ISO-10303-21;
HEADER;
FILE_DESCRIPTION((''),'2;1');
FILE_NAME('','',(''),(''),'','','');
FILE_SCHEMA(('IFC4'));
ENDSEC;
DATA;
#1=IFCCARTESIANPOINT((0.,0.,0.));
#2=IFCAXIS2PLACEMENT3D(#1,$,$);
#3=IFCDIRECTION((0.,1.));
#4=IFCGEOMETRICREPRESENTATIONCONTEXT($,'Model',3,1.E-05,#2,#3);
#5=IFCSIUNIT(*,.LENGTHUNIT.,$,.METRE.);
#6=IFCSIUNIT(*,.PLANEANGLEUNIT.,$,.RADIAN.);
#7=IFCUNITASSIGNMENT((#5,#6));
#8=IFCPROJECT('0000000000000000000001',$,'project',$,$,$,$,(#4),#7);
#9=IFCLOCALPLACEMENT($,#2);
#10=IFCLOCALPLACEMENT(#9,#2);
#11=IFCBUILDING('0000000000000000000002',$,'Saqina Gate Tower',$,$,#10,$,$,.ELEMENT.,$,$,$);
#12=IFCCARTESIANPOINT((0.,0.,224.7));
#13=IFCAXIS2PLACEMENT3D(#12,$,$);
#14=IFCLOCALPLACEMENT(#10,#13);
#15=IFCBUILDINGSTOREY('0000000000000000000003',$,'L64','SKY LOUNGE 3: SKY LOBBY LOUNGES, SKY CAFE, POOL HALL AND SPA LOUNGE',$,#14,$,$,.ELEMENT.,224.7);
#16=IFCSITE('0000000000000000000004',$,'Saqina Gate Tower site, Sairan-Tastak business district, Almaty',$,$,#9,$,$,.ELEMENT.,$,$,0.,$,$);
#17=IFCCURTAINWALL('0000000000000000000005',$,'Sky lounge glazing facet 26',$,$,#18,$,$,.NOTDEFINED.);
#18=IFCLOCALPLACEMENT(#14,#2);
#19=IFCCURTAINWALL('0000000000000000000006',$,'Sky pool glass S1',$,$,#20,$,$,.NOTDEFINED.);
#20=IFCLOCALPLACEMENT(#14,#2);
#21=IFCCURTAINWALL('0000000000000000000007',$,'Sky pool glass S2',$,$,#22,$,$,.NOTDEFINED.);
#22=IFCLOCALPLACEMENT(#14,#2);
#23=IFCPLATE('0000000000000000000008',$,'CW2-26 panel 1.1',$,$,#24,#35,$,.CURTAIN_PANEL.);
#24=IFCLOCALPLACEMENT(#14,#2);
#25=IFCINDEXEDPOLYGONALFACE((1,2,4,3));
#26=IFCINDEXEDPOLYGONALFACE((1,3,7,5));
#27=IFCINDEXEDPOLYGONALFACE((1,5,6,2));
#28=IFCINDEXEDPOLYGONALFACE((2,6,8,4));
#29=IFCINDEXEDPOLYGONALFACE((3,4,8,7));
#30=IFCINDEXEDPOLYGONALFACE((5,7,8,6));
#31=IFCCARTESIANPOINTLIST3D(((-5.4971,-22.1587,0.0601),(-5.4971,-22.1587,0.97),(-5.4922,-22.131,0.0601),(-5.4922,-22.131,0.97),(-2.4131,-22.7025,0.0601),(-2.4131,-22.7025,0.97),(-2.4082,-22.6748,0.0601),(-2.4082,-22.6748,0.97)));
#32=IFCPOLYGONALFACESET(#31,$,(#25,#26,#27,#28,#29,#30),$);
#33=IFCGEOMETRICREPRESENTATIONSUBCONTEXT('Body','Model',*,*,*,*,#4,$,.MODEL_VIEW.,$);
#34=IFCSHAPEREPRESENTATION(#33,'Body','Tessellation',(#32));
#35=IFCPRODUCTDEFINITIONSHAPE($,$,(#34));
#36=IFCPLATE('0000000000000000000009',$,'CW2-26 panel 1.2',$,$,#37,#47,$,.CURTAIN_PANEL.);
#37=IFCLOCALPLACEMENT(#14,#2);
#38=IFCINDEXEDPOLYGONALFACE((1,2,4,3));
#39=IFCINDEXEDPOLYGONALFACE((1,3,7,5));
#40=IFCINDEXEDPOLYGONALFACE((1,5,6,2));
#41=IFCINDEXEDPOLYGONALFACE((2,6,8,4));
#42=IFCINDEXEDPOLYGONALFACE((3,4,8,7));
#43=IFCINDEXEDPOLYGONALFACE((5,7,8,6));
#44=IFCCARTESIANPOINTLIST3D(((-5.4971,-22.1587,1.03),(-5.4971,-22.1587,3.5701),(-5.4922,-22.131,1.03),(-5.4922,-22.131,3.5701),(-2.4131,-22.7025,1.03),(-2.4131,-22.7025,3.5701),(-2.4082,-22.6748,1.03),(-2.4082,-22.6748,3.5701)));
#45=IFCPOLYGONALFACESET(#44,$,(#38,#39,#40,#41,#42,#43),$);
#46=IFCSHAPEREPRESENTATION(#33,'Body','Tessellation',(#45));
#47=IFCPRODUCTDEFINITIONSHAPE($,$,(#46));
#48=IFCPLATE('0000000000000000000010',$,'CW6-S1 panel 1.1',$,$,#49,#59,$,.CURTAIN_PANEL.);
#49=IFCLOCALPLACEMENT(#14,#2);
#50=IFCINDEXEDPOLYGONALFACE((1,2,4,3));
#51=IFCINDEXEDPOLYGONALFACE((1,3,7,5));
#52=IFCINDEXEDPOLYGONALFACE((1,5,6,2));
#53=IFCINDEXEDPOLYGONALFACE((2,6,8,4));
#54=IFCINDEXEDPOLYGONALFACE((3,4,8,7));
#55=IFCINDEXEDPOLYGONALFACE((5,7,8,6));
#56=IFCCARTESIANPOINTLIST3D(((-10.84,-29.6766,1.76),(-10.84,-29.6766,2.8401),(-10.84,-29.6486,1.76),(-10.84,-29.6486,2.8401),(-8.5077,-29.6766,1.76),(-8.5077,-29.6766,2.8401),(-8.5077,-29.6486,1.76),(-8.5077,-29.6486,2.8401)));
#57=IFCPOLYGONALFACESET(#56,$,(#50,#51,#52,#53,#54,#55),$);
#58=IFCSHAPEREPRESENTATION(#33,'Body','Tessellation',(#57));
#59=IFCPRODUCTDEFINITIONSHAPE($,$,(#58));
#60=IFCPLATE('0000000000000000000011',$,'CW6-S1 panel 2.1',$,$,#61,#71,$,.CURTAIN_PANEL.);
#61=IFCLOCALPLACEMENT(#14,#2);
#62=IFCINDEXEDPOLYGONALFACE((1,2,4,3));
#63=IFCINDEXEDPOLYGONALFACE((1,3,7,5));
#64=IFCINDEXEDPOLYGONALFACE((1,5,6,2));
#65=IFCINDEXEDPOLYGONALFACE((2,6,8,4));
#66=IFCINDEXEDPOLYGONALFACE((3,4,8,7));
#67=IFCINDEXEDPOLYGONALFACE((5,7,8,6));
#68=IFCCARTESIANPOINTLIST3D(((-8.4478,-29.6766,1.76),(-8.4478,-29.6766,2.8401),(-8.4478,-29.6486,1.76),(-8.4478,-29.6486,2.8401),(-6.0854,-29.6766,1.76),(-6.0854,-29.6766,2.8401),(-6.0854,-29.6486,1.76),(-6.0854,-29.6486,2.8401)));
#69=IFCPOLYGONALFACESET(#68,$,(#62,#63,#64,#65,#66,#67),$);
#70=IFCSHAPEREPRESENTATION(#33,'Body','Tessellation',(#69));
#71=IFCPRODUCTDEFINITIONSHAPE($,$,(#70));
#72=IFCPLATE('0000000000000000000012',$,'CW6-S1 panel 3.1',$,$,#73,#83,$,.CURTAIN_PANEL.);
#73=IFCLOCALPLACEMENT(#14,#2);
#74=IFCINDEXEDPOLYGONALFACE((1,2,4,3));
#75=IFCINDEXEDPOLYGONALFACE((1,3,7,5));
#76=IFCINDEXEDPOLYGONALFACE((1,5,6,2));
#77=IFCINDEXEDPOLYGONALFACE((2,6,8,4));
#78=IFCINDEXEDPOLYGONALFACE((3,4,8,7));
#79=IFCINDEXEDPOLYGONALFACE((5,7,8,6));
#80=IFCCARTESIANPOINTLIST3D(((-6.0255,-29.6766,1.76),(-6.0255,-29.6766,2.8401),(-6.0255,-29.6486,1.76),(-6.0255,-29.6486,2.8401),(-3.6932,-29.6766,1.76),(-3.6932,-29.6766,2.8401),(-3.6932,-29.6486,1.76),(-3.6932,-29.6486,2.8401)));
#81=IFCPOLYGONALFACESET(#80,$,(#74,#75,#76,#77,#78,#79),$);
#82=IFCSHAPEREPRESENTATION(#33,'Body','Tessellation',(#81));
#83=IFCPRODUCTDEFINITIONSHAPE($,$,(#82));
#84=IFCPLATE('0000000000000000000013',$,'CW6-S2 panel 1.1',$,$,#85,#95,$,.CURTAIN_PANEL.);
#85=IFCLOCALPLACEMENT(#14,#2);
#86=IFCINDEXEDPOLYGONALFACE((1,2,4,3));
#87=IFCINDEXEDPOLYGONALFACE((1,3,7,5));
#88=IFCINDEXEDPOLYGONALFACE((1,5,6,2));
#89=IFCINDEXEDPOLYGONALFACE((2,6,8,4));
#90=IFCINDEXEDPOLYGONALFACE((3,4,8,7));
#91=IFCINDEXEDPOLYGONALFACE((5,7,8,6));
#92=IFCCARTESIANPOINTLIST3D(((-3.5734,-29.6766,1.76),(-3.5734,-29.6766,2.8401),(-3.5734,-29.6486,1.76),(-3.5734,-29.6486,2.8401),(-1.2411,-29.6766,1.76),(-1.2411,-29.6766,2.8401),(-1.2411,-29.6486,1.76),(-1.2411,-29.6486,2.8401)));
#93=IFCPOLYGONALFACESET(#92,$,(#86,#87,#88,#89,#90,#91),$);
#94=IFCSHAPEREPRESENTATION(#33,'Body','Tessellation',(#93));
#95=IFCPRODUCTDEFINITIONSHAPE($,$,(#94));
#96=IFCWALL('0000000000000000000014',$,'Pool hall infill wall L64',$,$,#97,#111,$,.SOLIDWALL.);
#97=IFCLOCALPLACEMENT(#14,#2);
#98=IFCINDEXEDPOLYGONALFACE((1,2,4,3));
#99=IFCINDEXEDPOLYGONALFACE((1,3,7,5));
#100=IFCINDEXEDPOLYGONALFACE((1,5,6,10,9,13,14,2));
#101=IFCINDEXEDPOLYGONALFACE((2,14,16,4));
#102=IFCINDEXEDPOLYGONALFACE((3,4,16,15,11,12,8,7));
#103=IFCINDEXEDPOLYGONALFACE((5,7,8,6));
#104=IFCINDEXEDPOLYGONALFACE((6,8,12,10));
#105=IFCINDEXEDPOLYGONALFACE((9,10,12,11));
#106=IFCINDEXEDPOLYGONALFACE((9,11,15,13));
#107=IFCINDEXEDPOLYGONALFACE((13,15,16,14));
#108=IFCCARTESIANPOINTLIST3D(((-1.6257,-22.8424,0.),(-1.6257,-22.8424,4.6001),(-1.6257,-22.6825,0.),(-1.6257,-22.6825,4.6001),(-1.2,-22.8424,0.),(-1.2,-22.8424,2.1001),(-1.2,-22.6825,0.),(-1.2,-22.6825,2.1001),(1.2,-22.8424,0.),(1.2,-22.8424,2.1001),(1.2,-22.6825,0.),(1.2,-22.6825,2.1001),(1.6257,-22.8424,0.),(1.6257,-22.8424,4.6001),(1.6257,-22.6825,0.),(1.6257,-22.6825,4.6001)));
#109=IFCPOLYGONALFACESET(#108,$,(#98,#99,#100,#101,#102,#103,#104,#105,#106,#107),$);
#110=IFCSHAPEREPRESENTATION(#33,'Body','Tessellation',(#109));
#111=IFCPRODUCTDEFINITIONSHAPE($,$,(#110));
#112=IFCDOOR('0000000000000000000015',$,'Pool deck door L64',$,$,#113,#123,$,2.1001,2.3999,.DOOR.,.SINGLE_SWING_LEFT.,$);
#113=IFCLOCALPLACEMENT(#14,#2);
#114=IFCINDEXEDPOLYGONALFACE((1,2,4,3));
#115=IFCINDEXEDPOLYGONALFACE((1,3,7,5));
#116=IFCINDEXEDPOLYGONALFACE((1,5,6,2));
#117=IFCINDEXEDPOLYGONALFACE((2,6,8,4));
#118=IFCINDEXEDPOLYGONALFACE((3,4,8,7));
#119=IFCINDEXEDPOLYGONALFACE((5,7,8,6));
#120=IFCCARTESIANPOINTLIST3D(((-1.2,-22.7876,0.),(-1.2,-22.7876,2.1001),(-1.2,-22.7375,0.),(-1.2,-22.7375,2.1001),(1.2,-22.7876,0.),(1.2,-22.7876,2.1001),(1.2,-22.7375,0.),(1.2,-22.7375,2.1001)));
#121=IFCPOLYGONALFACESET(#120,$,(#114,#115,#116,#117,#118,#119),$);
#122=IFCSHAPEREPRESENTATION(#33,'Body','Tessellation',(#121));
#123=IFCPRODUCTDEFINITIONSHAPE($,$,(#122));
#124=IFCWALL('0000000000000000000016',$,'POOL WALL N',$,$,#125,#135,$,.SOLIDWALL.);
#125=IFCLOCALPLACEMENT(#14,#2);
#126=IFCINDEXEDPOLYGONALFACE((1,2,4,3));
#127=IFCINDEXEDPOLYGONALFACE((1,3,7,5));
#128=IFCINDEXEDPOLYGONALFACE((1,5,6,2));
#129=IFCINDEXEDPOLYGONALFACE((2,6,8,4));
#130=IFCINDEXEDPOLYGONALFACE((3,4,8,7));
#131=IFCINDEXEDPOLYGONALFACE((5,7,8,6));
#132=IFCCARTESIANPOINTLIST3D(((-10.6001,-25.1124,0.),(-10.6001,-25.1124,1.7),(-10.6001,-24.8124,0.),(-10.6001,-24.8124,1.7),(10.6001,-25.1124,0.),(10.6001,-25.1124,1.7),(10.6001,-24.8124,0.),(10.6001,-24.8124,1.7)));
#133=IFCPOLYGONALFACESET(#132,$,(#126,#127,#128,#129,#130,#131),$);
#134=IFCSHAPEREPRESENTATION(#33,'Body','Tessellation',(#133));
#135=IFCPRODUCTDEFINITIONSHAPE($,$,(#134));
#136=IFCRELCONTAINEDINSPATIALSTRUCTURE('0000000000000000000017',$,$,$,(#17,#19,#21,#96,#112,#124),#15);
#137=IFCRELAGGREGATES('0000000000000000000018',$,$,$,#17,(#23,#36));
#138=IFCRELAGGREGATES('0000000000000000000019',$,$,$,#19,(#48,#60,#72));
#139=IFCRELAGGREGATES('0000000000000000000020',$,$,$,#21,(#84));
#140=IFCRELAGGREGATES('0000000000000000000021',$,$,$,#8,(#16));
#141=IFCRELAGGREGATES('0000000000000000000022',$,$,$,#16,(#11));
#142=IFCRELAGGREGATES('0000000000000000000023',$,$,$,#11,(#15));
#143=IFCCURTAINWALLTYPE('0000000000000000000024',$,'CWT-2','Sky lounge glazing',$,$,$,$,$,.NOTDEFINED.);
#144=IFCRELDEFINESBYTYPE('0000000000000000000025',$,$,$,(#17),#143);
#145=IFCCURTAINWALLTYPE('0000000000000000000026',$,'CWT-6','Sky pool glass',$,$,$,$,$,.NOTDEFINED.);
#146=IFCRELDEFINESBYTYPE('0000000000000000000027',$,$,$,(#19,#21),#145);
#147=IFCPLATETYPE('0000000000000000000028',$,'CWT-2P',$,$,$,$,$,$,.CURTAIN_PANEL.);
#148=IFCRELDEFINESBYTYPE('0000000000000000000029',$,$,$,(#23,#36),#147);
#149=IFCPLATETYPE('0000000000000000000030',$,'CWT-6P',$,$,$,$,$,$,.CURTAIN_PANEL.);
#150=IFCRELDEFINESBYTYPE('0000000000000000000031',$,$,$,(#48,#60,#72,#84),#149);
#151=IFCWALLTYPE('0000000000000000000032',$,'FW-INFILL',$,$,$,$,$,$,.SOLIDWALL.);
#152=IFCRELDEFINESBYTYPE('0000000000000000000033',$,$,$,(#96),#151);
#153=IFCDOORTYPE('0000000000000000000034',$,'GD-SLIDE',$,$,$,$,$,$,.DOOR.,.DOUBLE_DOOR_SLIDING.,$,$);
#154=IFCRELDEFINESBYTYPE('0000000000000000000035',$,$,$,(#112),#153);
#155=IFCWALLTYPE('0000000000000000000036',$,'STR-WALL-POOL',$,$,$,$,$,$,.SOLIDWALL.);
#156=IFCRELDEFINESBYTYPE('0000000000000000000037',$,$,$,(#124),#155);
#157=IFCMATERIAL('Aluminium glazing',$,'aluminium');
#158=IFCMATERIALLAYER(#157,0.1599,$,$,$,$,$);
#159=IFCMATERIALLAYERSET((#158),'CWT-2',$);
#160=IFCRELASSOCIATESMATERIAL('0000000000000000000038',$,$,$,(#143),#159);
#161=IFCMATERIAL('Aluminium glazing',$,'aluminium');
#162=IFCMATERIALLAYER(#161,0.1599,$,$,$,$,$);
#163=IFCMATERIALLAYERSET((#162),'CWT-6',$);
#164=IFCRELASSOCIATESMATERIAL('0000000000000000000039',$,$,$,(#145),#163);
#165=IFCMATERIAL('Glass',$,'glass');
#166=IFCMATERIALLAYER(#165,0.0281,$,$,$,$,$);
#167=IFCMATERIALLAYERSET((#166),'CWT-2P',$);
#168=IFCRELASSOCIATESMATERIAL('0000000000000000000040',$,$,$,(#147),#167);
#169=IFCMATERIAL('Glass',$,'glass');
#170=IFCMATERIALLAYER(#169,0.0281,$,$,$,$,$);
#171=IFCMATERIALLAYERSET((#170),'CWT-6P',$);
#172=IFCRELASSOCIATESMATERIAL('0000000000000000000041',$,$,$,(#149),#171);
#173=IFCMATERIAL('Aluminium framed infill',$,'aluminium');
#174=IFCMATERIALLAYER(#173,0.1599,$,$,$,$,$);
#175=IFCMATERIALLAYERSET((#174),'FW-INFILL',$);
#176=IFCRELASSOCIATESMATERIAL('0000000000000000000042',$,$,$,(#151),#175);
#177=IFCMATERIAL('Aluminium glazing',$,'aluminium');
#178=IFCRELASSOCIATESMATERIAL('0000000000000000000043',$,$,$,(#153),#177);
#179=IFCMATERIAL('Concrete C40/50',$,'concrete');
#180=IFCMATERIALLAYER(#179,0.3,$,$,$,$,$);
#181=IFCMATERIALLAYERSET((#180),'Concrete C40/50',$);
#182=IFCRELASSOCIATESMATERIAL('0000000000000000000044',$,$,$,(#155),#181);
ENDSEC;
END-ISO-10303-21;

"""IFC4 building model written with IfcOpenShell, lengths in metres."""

from ifc_helpers import new_model, si_unit, direction, frame, frame_2d, origin, origin_2d, place, context, subcontext, project, spatial, rectangle, extrude, material, layer, layer_set, type_object, element, fill, aggregate, save


model = new_model("IFC4")

# Units and contexts
model_context = context("Model", 3, precision=1e-05, world=origin(), true_north=direction((0.0, 1.0)))
body_context = subcontext(model_context, "Body", "Model", "MODEL_VIEW")
ifc_project = project(units=[si_unit("LENGTHUNIT", "METRE"), si_unit("PLANEANGLEUNIT", "RADIAN")], contexts=[model_context])

# Site, building, storey
site_placement = place(None, origin())
site = spatial("IfcSite", under=ifc_project, at=site_placement, Name="Saqina Gate Tower site, Sairan-Tastak business district, Almaty", CompositionType="ELEMENT", RefElevation=0.0)
building_placement = place(site_placement, origin())
building = spatial("IfcBuilding", under=site, at=building_placement, Name="Saqina Gate Tower", CompositionType="ELEMENT")
storey_placement = place(building_placement, frame((0.0, 0.0, 224.7)))
storey = spatial("IfcBuildingStorey", under=building, at=storey_placement, Name="L64", Description="SKY LOUNGE 3: SKY LOBBY LOUNGES, SKY CAFE, POOL HALL AND SPA LOUNGE", CompositionType="ELEMENT", Elevation=224.7)

# Curtain wall
ifc_material_1 = material(Name="Aluminium glazing", Category="aluminium")
ifc_layer_1 = layer(ifc_material_1, 0.1599)
ifc_layer_set_1 = layer_set([ifc_layer_1], Name="CWT-2")
curtain_wall_type_1 = type_object("IfcCurtainWallType", Name="CWT-2", Description="Sky lounge glazing", PredefinedType="NOTDEFINED", material=ifc_layer_set_1)
curtain_wall_1_placement = place(storey_placement, origin())
curtain_wall_1 = element("IfcCurtainWall", 1, at=curtain_wall_1_placement, inside=storey, type_object=curtain_wall_type_1, Name="Sky lounge glazing facet 26", PredefinedType="NOTDEFINED")

# Curtain walls
ifc_material_2 = material(Name="Aluminium glazing", Category="aluminium")
ifc_layer_2 = layer(ifc_material_2, 0.1599)
ifc_layer_set_2 = layer_set([ifc_layer_2], Name="CWT-6")
curtain_wall_type_2 = type_object("IfcCurtainWallType", Name="CWT-6", Description="Sky pool glass", PredefinedType="NOTDEFINED", material=ifc_layer_set_2)
curtain_wall_2_placement = place(storey_placement, origin())
curtain_wall_2 = element("IfcCurtainWall", 2, at=curtain_wall_2_placement, inside=storey, type_object=curtain_wall_type_2, Name="Sky pool glass S1", PredefinedType="NOTDEFINED")
curtain_wall_3_placement = place(storey_placement, origin())
curtain_wall_3 = element("IfcCurtainWall", 3, at=curtain_wall_3_placement, inside=storey, type_object=curtain_wall_type_2, Name="Sky pool glass S2", PredefinedType="NOTDEFINED")

# Plates
ifc_material_3 = material(Name="Glass", Category="glass")
ifc_layer_3 = layer(ifc_material_3, 0.0281)
ifc_layer_set_3 = layer_set([ifc_layer_3], Name="CWT-2P")
plate_type_1 = type_object("IfcPlateType", Name="CWT-2P", PredefinedType="CURTAIN_PANEL", material=ifc_layer_set_3)
plate_1_placement = place(storey_placement, frame((-3.9526, -22.4167, 0.0601), z_axis=(0.0, 0.0, 1.0), x_axis=(0.984805, -0.173663, 0.0)))
plate_1 = element("IfcPlate", 4, at=plate_1_placement, type_object=plate_type_1, Name="CW2-26 panel 1.1", PredefinedType="CURTAIN_PANEL", context=body_context, shape_type="SweptSolid", body=[
    extrude(rectangle(XDim=3.1316, YDim=0.0281, at=origin_2d()), origin(), (0.0, 0.0, 1.0), 0.9099),
])
plate_2_placement = place(storey_placement, frame((-3.9526, -22.4167, 1.03), z_axis=(0.0, 0.0, 1.0), x_axis=(0.984805, -0.173663, 0.0)))
plate_2 = element("IfcPlate", 5, at=plate_2_placement, type_object=plate_type_1, Name="CW2-26 panel 1.2", PredefinedType="CURTAIN_PANEL", context=body_context, shape_type="SweptSolid", body=[
    extrude(rectangle(XDim=3.1316, YDim=0.0281, at=origin_2d()), origin(), (0.0, 0.0, 1.0), 2.54),
])
aggregate(curtain_wall_1, [plate_1, plate_2])
ifc_material_4 = material(Name="Glass", Category="glass")
ifc_layer_4 = layer(ifc_material_4, 0.0281)
ifc_layer_set_4 = layer_set([ifc_layer_4], Name="CWT-6P")
plate_type_2 = type_object("IfcPlateType", Name="CWT-6P", PredefinedType="CURTAIN_PANEL", material=ifc_layer_set_4)
plate_3_placement = place(storey_placement, frame((-9.6738, -29.6626, 1.76), z_axis=(0.0, 0.0, 1.0), x_axis=(1.0, 0.0, 0.0)))
plate_3 = element("IfcPlate", 6, at=plate_3_placement, type_object=plate_type_2, Name="CW6-S1 panel 1.1", PredefinedType="CURTAIN_PANEL", context=body_context, shape_type="SweptSolid", body=[
    extrude(rectangle(XDim=2.3323, YDim=0.0281, at=origin_2d()), origin(), (0.0, 0.0, 1.0), 1.0801),
])
plate_4_placement = place(storey_placement, frame((-7.2666, -29.6626, 1.76), z_axis=(0.0, 0.0, 1.0), x_axis=(1.0, 0.0, 0.0)))
plate_4 = element("IfcPlate", 7, at=plate_4_placement, type_object=plate_type_2, Name="CW6-S1 panel 2.1", PredefinedType="CURTAIN_PANEL", context=body_context, shape_type="SweptSolid", body=[
    extrude(rectangle(XDim=2.3623, YDim=0.0281, at=origin_2d()), origin(), (0.0, 0.0, 1.0), 1.0801),
])
plate_5_placement = place(storey_placement, frame((-4.8594, -29.6626, 1.76), z_axis=(0.0, 0.0, 1.0), x_axis=(1.0, 0.0, 0.0)))
plate_5 = element("IfcPlate", 8, at=plate_5_placement, type_object=plate_type_2, Name="CW6-S1 panel 3.1", PredefinedType="CURTAIN_PANEL", context=body_context, shape_type="SweptSolid", body=[
    extrude(rectangle(XDim=2.3323, YDim=0.0281, at=origin_2d()), origin(), (0.0, 0.0, 1.0), 1.0801),
])
aggregate(curtain_wall_2, [plate_3, plate_4, plate_5])
plate_6_placement = place(storey_placement, frame((-2.4072, -29.6626, 1.76), z_axis=(0.0, 0.0, 1.0), x_axis=(1.0, 0.0, 0.0)))
plate_6 = element("IfcPlate", 9, at=plate_6_placement, type_object=plate_type_2, Name="CW6-S2 panel 1.1", PredefinedType="CURTAIN_PANEL", context=body_context, shape_type="SweptSolid", body=[
    extrude(rectangle(XDim=2.3323, YDim=0.0281, at=origin_2d()), origin(), (0.0, 0.0, 1.0), 1.0801),
])
aggregate(curtain_wall_3, [plate_6])

# Wall, opening, door
ifc_material_5 = material(Name="Aluminium framed infill", Category="aluminium")
ifc_layer_5 = layer(ifc_material_5, 0.1599)
ifc_layer_set_5 = layer_set([ifc_layer_5], Name="FW-INFILL")
wall_type_1 = type_object("IfcWallType", Name="FW-INFILL", PredefinedType="SOLIDWALL", material=ifc_layer_set_5)
wall_1_placement = place(storey_placement, frame((-1.6257, -22.7625, 0.0), z_axis=(0.0, 0.0, 1.0), x_axis=(1.0, 0.0, 0.0)))
wall_1 = element("IfcWall", 10, at=wall_1_placement, inside=storey, type_object=wall_type_1, Name="Pool hall infill wall L64", PredefinedType="SOLIDWALL", context=body_context, shape_type="SweptSolid", body=[
    extrude(rectangle(XDim=3.2515, YDim=0.1599, at=frame_2d((1.6257, 0.0))), origin(), (0.0, 0.0, 1.0), 4.6001),
])
opening_placement = place(wall_1_placement, frame((0.4258, 0.0, 0.0)))
opening = element("IfcOpeningElement", 11, at=opening_placement, cuts=wall_1, PredefinedType="OPENING", context=body_context, shape_type="SweptSolid", body=[
    extrude(rectangle(XDim=2.3999, YDim=2.1001, at=frame_2d((1.2, 1.05))), frame((0.0, 0.092, 0.0), z_axis=(0.0, -1.0, 0.0), x_axis=(1.0, 0.0, 0.0)), (0.0, 0.0, 1.0), 0.1838),
])
ifc_material_6 = material(Name="Aluminium glazing", Category="aluminium")
door_type = type_object("IfcDoorType", Name="GD-SLIDE", OperationType="DOUBLE_DOOR_SLIDING", PredefinedType="DOOR", material=ifc_material_6)
door_placement = place(opening_placement, origin())
door = element("IfcDoor", 12, at=door_placement, inside=storey, type_object=door_type, Name="Pool deck door L64", OperationType="SINGLE_SWING_LEFT", OverallHeight=2.1001, OverallWidth=2.3999, PredefinedType="DOOR", context=body_context, shape_type="SweptSolid", body=[
    extrude(rectangle(XDim=2.3999, YDim=2.1001, at=frame_2d((1.2, 1.05))), frame((0.0, 0.0249, 0.0), z_axis=(0.0, -1.0, 0.0), x_axis=(1.0, 0.0, 0.0)), (0.0, 0.0, 1.0), 0.05),
])
fill(opening, door)

# Wall
ifc_material_7 = material(Name="Concrete C40/50", Category="concrete")
ifc_layer_6 = layer(ifc_material_7, 0.3)
ifc_layer_set_6 = layer_set([ifc_layer_6], Name="Concrete C40/50")
wall_type_2 = type_object("IfcWallType", Name="STR-WALL-POOL", PredefinedType="SOLIDWALL", material=ifc_layer_set_6)
wall_2_placement = place(storey_placement, frame((-10.6001, -24.9624, 0.0), z_axis=(0.0, 0.0, 1.0), x_axis=(1.0, 0.0, 0.0)))
element("IfcWall", 13, at=wall_2_placement, inside=storey, type_object=wall_type_2, Name="POOL WALL N", PredefinedType="SOLIDWALL", context=body_context, shape_type="SweptSolid", body=[
    extrude(rectangle(XDim=21.2002, YDim=0.3, at=frame_2d((10.6001, 0.0))), origin(), (0.0, 0.0, 1.0), 1.7),
])

save(model, "model.ifc")
